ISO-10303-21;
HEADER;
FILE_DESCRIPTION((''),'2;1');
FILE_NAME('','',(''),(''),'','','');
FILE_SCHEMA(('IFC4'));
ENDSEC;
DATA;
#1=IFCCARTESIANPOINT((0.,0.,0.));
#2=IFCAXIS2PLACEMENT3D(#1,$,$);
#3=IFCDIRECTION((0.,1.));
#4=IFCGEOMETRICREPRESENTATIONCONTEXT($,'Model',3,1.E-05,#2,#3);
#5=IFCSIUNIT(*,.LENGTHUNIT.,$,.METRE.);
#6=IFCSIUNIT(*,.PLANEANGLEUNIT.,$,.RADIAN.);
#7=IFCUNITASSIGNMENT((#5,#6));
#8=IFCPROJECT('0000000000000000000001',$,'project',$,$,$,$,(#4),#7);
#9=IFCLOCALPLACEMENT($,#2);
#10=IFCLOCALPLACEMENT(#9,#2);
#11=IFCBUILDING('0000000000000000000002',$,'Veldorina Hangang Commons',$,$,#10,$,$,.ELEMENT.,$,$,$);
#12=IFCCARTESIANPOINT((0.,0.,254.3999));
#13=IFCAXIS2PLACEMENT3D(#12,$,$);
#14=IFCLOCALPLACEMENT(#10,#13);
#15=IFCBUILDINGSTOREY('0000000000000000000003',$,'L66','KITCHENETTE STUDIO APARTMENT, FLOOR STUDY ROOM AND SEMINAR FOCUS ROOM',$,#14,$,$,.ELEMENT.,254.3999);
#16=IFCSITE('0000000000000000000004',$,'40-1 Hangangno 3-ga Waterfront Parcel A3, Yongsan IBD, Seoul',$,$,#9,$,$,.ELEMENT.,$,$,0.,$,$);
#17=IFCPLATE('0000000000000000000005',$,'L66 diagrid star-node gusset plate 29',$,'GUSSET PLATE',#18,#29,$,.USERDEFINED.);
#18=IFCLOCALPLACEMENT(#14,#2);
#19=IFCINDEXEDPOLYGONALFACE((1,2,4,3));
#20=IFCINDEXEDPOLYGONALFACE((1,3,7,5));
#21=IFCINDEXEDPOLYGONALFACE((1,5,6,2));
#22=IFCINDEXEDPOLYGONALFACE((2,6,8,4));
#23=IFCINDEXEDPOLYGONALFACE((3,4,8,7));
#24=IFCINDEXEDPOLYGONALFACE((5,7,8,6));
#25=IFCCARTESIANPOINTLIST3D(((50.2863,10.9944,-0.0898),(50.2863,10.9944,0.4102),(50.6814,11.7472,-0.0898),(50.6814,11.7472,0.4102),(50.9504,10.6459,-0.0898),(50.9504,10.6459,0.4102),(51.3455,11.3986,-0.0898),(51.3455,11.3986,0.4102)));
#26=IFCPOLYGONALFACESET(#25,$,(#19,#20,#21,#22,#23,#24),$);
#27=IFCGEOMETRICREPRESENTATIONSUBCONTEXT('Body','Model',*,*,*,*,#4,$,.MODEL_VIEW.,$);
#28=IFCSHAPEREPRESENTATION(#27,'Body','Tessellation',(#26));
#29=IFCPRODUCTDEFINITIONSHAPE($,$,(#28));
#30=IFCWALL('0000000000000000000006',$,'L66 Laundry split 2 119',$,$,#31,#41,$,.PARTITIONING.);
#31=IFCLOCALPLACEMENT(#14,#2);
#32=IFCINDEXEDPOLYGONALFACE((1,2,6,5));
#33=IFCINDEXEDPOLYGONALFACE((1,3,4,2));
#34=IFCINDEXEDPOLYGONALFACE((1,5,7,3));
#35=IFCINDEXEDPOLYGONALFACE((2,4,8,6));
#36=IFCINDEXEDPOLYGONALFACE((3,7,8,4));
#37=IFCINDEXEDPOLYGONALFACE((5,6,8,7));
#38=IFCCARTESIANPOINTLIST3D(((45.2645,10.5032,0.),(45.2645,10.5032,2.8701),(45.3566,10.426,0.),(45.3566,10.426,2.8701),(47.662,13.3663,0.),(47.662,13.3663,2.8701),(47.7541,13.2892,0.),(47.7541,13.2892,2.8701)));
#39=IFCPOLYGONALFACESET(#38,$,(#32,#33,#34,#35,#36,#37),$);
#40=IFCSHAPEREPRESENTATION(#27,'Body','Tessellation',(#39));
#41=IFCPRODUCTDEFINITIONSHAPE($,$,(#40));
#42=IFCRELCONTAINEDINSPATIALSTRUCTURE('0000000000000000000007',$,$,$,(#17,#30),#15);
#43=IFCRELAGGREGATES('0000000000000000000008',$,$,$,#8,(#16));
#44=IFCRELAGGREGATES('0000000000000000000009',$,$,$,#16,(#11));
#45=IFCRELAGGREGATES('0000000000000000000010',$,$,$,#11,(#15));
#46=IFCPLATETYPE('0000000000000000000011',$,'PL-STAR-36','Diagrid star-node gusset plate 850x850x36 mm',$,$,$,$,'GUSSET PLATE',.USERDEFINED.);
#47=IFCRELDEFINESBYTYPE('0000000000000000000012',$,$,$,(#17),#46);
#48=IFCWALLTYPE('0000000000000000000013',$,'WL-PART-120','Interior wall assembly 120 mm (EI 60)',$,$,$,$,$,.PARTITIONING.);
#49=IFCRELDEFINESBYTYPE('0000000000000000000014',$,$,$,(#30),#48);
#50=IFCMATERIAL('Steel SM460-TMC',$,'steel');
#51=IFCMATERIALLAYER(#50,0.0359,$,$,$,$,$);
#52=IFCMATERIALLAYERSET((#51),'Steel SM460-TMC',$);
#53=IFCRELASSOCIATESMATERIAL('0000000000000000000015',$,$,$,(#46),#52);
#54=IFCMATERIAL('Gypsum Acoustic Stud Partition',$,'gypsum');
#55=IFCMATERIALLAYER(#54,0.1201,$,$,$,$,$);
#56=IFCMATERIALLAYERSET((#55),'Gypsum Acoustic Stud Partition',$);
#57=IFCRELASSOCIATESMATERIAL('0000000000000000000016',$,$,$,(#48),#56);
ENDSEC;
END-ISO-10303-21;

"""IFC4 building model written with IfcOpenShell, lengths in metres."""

from ifc_helpers import new_model, si_unit, direction, frame, frame_2d, origin, origin_2d, place, context, subcontext, project, spatial, rectangle, extrude, material, layer, layer_set, type_object, element, save


model = new_model("IFC4")

# Units and contexts
model_context = context("Model", 3, precision=1e-05, world=origin(), true_north=direction((0.0, 1.0)))
body_context = subcontext(model_context, "Body", "Model", "MODEL_VIEW")
ifc_project = project(units=[si_unit("LENGTHUNIT", "METRE"), si_unit("PLANEANGLEUNIT", "RADIAN")], contexts=[model_context])

# Site, building, storey
site_placement = place(None, origin())
site = spatial("IfcSite", under=ifc_project, at=site_placement, Name="40-1 Hangangno 3-ga Waterfront Parcel A3, Yongsan IBD, Seoul", CompositionType="ELEMENT", RefElevation=0.0)
building_placement = place(site_placement, origin())
building = spatial("IfcBuilding", under=site, at=building_placement, Name="Veldorina Hangang Commons", CompositionType="ELEMENT")
storey_placement = place(building_placement, frame((0.0, 0.0, 254.3999)))
storey = spatial("IfcBuildingStorey", under=building, at=storey_placement, Name="L66", Description="KITCHENETTE STUDIO APARTMENT, FLOOR STUDY ROOM AND SEMINAR FOCUS ROOM", CompositionType="ELEMENT", Elevation=254.3999)

# Plate
ifc_material_1 = material(Name="Steel SM460-TMC", Category="steel")
ifc_layer_1 = layer(ifc_material_1, 0.0359)
ifc_layer_set_1 = layer_set([ifc_layer_1], Name="Steel SM460-TMC")
plate_type_1 = type_object("IfcPlateType", Name="PL-STAR-36", Description="Diagrid star-node gusset plate 850x850x36 mm", ElementType="GUSSET PLATE", PredefinedType="USERDEFINED", material=ifc_layer_set_1)
plate_1_placement = place(storey_placement, frame((50.8159, 11.1965, -0.0898), z_axis=(0.0, 0.0, 1.0), x_axis=(0.464734, 0.88545, 0.0)))
element("IfcPlate", 1, at=plate_1_placement, inside=storey, type_object=plate_type_1, Name="L66 diagrid star-node gusset plate 29", ObjectType="GUSSET PLATE", PredefinedType="USERDEFINED", context=body_context, shape_type="SweptSolid", body=[
    extrude(rectangle(XDim=0.8501, YDim=0.75, at=origin_2d()), origin(), (0.0, 0.0, 1.0), 0.5),
])

# Wall
ifc_material_2 = material(Name="Gypsum Acoustic Stud Partition", Category="gypsum")
ifc_layer_2 = layer(ifc_material_2, 0.1201)
ifc_layer_set_2 = layer_set([ifc_layer_2], Name="Gypsum Acoustic Stud Partition")
wall_type = type_object("IfcWallType", Name="WL-PART-120", Description="Interior wall assembly 120 mm (EI 60)", PredefinedType="PARTITIONING", material=ifc_layer_set_2)
wall_placement = place(storey_placement, frame((45.3105, 10.4646, 0.0), z_axis=(0.0, 0.0, 1.0), x_axis=(0.642015, 0.766692, 0.0)))
element("IfcWall", 2, at=wall_placement, inside=storey, type_object=wall_type, Name="L66 Laundry split 2 119", PredefinedType="PARTITIONING", context=body_context, shape_type="SweptSolid", body=[
    extrude(rectangle(XDim=3.7344, YDim=0.1201, at=frame_2d((1.8672, 0.0))), origin(), (0.0, 0.0, 1.0), 2.8701),
])

save(model, "model.ifc")
